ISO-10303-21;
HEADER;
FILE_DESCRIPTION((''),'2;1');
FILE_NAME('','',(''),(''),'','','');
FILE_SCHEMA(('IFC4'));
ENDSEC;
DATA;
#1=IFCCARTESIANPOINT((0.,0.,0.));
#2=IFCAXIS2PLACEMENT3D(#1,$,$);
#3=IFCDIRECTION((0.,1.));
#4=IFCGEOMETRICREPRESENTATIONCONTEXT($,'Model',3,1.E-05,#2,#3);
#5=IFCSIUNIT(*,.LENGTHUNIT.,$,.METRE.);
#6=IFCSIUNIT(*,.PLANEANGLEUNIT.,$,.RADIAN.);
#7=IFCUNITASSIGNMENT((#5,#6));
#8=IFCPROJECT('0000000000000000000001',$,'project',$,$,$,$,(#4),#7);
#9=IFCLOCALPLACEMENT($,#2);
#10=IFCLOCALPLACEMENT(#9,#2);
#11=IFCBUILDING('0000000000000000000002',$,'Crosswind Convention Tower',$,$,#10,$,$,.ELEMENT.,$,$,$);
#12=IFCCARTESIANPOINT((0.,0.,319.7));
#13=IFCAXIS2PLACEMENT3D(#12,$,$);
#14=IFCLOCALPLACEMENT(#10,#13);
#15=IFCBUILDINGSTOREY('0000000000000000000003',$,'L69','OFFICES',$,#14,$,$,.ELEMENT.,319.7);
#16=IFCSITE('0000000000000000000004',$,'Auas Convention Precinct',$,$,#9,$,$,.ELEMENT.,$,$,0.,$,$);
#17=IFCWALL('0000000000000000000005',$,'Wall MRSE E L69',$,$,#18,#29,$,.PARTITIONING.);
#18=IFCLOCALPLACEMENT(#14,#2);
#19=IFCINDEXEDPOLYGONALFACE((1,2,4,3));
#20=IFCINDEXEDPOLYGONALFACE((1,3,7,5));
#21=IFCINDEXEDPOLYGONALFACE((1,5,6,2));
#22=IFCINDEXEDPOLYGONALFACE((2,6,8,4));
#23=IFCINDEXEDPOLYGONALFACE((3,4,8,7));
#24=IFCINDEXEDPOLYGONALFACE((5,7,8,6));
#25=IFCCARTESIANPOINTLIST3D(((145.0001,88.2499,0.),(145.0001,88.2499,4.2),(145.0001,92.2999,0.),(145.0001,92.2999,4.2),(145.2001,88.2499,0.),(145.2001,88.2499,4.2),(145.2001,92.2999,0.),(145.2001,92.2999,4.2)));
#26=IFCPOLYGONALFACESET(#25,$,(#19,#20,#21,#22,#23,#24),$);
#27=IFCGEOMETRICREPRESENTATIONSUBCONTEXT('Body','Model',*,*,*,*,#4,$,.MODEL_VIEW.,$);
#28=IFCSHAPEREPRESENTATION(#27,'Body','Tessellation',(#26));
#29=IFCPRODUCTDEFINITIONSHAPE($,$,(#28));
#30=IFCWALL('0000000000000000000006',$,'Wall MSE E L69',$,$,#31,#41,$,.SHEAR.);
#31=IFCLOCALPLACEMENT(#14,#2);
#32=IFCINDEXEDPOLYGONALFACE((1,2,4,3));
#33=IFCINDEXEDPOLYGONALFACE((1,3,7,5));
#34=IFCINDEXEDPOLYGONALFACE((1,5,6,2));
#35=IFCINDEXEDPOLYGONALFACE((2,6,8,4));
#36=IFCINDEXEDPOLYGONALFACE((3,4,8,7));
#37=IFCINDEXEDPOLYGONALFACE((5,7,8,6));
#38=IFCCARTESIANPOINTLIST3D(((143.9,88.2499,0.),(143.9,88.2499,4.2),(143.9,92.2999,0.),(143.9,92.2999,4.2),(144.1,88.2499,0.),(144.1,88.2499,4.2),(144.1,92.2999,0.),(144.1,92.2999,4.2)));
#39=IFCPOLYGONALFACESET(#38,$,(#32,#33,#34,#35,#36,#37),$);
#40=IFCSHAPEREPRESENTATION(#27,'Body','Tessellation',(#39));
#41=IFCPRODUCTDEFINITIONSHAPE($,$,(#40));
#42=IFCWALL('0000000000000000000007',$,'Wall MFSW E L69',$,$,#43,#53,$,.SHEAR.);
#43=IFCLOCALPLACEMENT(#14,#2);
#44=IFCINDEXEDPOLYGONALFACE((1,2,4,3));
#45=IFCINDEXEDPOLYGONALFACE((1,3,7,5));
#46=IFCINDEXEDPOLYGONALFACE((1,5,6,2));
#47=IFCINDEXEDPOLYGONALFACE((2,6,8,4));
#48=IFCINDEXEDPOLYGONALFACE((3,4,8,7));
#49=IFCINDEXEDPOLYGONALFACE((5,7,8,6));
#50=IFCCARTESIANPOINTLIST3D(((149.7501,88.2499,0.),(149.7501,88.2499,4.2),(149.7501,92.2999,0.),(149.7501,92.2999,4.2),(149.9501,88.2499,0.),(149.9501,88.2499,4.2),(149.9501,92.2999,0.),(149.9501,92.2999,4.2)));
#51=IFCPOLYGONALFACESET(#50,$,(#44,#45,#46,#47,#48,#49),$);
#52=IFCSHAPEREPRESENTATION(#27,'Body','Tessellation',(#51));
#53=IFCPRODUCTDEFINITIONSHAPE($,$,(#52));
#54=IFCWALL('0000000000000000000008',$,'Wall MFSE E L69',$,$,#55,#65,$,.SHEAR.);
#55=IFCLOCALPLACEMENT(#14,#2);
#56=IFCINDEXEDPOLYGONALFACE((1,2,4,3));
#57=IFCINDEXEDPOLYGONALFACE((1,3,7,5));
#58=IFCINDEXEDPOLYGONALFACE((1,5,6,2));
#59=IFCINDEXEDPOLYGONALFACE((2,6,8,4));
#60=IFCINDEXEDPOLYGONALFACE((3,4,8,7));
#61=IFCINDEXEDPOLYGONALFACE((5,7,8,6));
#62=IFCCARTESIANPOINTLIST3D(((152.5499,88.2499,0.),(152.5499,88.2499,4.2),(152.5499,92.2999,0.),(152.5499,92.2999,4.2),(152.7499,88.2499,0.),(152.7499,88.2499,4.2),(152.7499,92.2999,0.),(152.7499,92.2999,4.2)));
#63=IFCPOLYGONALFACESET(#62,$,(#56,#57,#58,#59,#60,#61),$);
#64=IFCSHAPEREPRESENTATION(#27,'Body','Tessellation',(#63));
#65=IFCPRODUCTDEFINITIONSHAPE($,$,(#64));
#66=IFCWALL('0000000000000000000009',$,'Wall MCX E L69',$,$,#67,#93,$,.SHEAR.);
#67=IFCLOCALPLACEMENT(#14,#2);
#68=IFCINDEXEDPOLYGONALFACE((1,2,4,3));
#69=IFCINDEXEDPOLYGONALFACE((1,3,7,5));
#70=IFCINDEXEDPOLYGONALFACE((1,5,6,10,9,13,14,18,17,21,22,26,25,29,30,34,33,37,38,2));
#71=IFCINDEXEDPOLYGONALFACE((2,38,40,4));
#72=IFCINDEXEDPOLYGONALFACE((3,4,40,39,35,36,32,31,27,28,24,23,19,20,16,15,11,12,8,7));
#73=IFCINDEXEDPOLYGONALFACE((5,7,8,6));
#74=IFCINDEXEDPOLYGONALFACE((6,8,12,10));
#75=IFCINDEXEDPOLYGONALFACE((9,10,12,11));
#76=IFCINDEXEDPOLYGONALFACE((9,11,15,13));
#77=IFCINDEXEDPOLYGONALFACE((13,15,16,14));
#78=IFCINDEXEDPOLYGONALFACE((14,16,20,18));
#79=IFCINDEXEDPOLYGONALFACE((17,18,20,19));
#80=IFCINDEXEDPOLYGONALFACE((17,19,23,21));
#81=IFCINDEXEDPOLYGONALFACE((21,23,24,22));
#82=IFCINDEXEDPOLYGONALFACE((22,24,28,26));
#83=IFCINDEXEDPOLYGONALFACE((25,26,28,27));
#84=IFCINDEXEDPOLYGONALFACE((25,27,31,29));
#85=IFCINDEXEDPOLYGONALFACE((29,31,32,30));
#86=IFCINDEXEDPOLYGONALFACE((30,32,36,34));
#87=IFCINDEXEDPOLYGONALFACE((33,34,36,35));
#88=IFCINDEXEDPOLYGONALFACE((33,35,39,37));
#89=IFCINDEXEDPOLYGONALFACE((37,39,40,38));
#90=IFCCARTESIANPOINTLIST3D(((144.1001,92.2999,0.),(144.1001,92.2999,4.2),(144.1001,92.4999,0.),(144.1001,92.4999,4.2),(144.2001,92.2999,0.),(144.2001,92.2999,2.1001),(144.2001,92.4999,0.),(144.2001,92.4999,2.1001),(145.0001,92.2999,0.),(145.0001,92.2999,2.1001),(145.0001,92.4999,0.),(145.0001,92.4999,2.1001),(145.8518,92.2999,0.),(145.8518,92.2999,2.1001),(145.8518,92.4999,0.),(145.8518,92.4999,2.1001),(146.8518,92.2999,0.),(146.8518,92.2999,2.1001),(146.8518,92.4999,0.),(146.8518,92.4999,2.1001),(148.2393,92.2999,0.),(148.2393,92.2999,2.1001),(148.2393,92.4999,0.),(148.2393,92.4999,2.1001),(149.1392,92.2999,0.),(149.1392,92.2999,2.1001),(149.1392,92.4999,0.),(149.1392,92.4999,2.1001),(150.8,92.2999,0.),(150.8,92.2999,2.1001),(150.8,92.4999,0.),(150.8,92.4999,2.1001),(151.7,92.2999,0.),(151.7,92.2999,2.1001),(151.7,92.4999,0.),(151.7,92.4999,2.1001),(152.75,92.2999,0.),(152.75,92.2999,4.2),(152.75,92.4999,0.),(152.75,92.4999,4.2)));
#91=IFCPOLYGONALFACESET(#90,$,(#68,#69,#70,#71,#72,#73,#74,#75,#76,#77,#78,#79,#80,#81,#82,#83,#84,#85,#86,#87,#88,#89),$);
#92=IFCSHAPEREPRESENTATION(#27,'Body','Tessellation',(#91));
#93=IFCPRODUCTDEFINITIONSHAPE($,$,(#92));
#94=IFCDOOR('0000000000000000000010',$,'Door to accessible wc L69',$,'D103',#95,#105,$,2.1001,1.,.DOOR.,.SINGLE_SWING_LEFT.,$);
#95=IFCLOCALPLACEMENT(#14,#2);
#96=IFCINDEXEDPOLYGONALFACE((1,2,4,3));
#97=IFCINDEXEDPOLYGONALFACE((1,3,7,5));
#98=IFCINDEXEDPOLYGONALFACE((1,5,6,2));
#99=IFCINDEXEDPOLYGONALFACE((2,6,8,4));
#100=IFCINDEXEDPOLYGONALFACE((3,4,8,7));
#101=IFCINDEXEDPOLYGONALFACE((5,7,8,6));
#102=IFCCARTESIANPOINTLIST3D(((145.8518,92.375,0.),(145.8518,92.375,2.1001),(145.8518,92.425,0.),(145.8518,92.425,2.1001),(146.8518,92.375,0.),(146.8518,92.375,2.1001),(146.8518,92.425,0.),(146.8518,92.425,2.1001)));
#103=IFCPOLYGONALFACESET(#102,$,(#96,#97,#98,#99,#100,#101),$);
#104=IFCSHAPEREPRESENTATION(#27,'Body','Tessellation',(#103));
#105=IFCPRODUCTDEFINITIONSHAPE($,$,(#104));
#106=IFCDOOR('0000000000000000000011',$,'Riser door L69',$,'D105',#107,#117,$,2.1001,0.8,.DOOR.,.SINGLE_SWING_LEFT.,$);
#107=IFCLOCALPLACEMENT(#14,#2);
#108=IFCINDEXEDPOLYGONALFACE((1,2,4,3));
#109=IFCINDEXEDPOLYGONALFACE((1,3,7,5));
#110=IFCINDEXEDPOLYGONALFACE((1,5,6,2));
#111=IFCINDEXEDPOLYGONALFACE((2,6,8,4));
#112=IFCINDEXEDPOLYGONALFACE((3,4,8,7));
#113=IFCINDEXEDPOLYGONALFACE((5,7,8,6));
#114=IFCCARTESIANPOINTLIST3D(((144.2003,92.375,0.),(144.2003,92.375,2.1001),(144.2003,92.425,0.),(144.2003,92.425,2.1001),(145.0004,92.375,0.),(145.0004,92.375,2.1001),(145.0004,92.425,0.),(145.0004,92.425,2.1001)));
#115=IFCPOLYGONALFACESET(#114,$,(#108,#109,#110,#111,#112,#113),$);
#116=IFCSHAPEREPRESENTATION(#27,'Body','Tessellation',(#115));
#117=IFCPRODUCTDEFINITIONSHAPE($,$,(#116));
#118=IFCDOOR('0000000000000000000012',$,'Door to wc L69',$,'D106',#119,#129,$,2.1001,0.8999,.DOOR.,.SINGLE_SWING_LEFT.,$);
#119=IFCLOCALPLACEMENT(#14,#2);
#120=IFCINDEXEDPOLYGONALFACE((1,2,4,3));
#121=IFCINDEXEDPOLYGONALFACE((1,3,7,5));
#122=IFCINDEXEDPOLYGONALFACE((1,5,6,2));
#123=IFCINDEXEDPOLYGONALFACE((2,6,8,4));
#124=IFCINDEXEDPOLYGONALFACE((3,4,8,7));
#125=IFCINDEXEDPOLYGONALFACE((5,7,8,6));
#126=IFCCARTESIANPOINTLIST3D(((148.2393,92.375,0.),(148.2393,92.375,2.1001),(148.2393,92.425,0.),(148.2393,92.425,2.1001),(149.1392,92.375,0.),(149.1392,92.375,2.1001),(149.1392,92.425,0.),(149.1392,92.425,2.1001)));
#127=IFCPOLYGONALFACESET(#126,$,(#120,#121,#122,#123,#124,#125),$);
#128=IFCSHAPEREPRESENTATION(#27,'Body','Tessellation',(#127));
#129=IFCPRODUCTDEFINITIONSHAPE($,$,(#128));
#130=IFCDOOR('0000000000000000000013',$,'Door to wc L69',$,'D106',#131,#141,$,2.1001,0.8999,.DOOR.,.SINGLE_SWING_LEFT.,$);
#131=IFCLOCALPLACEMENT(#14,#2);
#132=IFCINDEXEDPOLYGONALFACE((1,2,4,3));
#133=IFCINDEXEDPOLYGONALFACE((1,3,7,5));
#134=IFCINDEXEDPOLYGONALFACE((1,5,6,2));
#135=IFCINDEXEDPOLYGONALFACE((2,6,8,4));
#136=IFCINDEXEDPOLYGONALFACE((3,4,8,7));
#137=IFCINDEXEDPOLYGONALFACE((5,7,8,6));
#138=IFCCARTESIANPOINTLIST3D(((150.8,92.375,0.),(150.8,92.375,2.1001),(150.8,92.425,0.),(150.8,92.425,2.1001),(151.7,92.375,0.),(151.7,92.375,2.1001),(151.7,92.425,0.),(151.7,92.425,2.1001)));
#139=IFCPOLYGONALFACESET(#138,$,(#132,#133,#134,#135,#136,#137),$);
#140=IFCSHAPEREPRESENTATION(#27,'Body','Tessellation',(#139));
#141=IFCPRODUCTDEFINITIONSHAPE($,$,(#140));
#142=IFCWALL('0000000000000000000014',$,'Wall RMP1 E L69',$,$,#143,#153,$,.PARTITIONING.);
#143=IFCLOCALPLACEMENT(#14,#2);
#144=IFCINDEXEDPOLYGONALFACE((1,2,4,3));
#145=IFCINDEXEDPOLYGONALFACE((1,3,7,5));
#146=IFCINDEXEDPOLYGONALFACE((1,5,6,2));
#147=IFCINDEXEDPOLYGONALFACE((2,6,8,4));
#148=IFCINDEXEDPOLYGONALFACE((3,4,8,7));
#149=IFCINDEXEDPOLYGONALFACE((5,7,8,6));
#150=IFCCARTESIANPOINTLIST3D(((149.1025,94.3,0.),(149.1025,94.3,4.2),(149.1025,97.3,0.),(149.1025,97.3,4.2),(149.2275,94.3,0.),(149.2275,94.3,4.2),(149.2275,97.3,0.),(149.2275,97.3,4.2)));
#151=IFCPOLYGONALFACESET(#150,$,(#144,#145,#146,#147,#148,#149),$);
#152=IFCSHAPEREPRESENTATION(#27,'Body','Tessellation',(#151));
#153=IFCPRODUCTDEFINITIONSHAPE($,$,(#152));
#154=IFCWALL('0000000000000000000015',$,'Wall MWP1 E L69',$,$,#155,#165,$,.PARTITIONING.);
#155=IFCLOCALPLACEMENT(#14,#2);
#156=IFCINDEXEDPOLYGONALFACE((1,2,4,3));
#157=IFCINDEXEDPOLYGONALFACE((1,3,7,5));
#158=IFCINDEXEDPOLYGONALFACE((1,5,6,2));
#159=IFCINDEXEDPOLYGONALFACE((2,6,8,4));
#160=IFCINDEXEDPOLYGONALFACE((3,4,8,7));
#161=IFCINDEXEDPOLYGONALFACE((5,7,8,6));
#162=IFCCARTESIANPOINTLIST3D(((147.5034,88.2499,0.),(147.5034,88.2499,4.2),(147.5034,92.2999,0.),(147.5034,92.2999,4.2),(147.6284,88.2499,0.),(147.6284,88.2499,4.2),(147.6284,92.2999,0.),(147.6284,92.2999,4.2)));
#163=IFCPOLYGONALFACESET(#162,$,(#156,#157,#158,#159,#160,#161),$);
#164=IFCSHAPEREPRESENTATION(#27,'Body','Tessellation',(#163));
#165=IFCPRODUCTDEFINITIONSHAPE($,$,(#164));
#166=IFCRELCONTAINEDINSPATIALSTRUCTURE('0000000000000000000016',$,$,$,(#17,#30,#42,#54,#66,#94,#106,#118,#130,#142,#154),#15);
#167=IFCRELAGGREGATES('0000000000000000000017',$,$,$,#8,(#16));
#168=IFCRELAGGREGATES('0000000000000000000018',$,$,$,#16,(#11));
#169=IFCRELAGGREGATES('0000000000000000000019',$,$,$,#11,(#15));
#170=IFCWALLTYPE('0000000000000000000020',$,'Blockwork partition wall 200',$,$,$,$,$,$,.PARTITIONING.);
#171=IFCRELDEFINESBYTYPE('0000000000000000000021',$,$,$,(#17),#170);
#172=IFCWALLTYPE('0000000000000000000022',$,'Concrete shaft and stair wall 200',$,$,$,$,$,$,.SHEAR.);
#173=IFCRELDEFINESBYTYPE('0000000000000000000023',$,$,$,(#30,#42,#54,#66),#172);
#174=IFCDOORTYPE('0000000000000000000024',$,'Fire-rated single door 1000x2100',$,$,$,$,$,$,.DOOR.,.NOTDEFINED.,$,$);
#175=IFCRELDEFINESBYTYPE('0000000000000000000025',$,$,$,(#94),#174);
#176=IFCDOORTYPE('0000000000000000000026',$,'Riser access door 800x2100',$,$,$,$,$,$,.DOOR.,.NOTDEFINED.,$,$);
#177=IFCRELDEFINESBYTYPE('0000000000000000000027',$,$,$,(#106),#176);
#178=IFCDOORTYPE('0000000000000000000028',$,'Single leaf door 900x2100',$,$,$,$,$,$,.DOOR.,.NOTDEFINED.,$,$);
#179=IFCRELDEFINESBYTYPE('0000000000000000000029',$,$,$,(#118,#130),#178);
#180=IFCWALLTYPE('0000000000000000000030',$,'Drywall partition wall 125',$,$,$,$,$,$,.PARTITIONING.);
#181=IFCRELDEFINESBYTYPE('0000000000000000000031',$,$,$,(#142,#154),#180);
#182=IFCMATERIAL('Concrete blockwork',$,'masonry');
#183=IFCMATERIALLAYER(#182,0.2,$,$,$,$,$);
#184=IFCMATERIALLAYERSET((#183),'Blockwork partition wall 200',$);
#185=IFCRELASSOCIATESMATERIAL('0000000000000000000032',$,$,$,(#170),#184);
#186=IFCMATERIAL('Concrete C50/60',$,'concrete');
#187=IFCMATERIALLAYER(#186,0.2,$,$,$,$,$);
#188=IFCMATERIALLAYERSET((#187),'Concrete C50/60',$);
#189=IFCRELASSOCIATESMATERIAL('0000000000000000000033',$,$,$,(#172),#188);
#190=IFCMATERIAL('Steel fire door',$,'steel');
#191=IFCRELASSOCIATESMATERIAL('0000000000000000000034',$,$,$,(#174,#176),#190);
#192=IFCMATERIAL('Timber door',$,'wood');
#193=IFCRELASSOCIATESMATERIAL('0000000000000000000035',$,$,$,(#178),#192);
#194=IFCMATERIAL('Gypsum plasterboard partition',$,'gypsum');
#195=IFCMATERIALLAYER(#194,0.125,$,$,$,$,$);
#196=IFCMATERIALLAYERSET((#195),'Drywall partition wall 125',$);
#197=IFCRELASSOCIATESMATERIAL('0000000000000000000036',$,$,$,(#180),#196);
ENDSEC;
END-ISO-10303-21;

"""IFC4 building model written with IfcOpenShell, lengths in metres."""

from ifc_helpers import new_model, si_unit, direction, frame, frame_2d, origin, place, context, subcontext, project, spatial, rectangle, extrude, material, layer, layer_set, type_object, element, fill, save


model = new_model("IFC4")

# Units and contexts
model_context = context("Model", 3, precision=1e-05, world=origin(), true_north=direction((0.0, 1.0)))
body_context = subcontext(model_context, "Body", "Model", "MODEL_VIEW")
ifc_project = project(units=[si_unit("LENGTHUNIT", "METRE"), si_unit("PLANEANGLEUNIT", "RADIAN")], contexts=[model_context])

# Site, building, storey
site_placement = place(None, origin())
site = spatial("IfcSite", under=ifc_project, at=site_placement, Name="Auas Convention Precinct", CompositionType="ELEMENT", RefElevation=0.0)
building_placement = place(site_placement, origin())
building = spatial("IfcBuilding", under=site, at=building_placement, Name="Crosswind Convention Tower", CompositionType="ELEMENT")
storey_placement = place(building_placement, frame((0.0, 0.0, 319.7)))
storey = spatial("IfcBuildingStorey", under=building, at=storey_placement, Name="L69", Description="OFFICES", CompositionType="ELEMENT", Elevation=319.7)

# Walls
ifc_material_1 = material(Name="Concrete blockwork", Category="masonry")
ifc_layer_1 = layer(ifc_material_1, 0.2)
ifc_layer_set_1 = layer_set([ifc_layer_1], Name="Blockwork partition wall 200")
wall_type_1 = type_object("IfcWallType", Name="Blockwork partition wall 200", PredefinedType="PARTITIONING", material=ifc_layer_set_1)
wall_1_placement = place(storey_placement, frame((145.1001, 88.25, 0.0), z_axis=(0.0, 0.0, 1.0), x_axis=(0.0, 1.0, 0.0)))
element("IfcWall", 1, at=wall_1_placement, inside=storey, type_object=wall_type_1, Name="Wall MRSE E L69", PredefinedType="PARTITIONING", context=body_context, shape_type="SweptSolid", body=[
    extrude(rectangle(XDim=4.05, YDim=0.2, at=frame_2d((2.0249, 0.0))), origin(), (0.0, 0.0, 1.0), 4.2),
])
ifc_material_2 = material(Name="Concrete C50/60", Category="concrete")
ifc_layer_2 = layer(ifc_material_2, 0.2)
ifc_layer_set_2 = layer_set([ifc_layer_2], Name="Concrete C50/60")
wall_type_2 = type_object("IfcWallType", Name="Concrete shaft and stair wall 200", PredefinedType="SHEAR", material=ifc_layer_set_2)
for number, where, z_axis, x_axis, name in (
    (2, (144.0, 88.25, 0.0), (0.0, 0.0, 1.0), (0.0, 1.0, 0.0), "Wall MSE E L69"),
    (3, (149.8501, 88.25, 0.0), (0.0, 0.0, 1.0), (0.0, 1.0, 0.0), "Wall MFSW E L69"),
    (4, (152.6499, 88.25, 0.0), (0.0, 0.0, 1.0), (0.0, 1.0, 0.0), "Wall MFSE E L69"),
):
    element("IfcWall", number, at=place(storey_placement, frame(where, z_axis=z_axis, x_axis=x_axis)), inside=storey, type_object=wall_type_2, Name=name, PredefinedType="SHEAR", context=body_context, shape_type="SweptSolid", body=[
        extrude(rectangle(XDim=4.05, YDim=0.2, at=frame_2d((2.0249, 0.0))), origin(), (0.0, 0.0, 1.0), 4.2),
    ])

# Wall, openings, doors
wall_2_placement = place(storey_placement, frame((144.1001, 92.3999, 0.0), z_axis=(0.0, 0.0, 1.0), x_axis=(1.0, 0.0, 0.0)))
wall_2 = element("IfcWall", 5, at=wall_2_placement, inside=storey, type_object=wall_type_2, Name="Wall MCX E L69", PredefinedType="SHEAR", context=body_context, shape_type="SweptSolid", body=[
    extrude(rectangle(XDim=8.6499, YDim=0.2, at=frame_2d((4.325, 0.0))), origin(), (0.0, 0.0, 1.0), 4.2),
])
opening_1_placement = place(wall_2_placement, frame((0.1001, 0.0, 0.0)))
opening_1 = element("IfcOpeningElement", 6, at=opening_1_placement, cuts=wall_2, PredefinedType="OPENING", context=body_context, shape_type="SweptSolid", body=[
    extrude(rectangle(XDim=0.8, YDim=2.1001, at=frame_2d((0.3999, 1.05))), frame((0.0, 0.1099, 0.0), z_axis=(0.0, -1.0, 0.0), x_axis=(1.0, 0.0, 0.0)), (0.0, 0.0, 1.0), 0.22),
])
opening_2_placement = place(wall_2_placement, frame((1.7517, 0.0, 0.0)))
opening_2 = element("IfcOpeningElement", 7, at=opening_2_placement, cuts=wall_2, PredefinedType="OPENING", context=body_context, shape_type="SweptSolid", body=[
    extrude(rectangle(XDim=1.0, YDim=2.1001, at=frame_2d((0.5, 1.05))), frame((0.0, 0.1099, 0.0), z_axis=(0.0, -1.0, 0.0), x_axis=(1.0, 0.0, 0.0)), (0.0, 0.0, 1.0), 0.22),
])
opening_3_placement = place(wall_2_placement, frame((4.1392, 0.0, 0.0)))
opening_3 = element("IfcOpeningElement", 8, at=opening_3_placement, cuts=wall_2, PredefinedType="OPENING", context=body_context, shape_type="SweptSolid", body=[
    extrude(rectangle(XDim=0.8999, YDim=2.1001, at=frame_2d((0.45, 1.05))), frame((0.0, 0.1099, 0.0), z_axis=(0.0, -1.0, 0.0), x_axis=(1.0, 0.0, 0.0)), (0.0, 0.0, 1.0), 0.22),
])
opening_4_placement = place(wall_2_placement, frame((6.7, 0.0, 0.0)))
opening_4 = element("IfcOpeningElement", 9, at=opening_4_placement, cuts=wall_2, PredefinedType="OPENING", context=body_context, shape_type="SweptSolid", body=[
    extrude(rectangle(XDim=0.8999, YDim=2.1001, at=frame_2d((0.45, 1.05))), frame((0.0, 0.1099, 0.0), z_axis=(0.0, -1.0, 0.0), x_axis=(1.0, 0.0, 0.0)), (0.0, 0.0, 1.0), 0.22),
])
ifc_material_3 = material(Name="Steel fire door", Category="steel")
door_type_1 = type_object("IfcDoorType", Name="Fire-rated single door 1000x2100", OperationType="NOTDEFINED", PredefinedType="DOOR", material=ifc_material_3)
door_1_placement = place(opening_2_placement, frame((1.0, 0.0, 0.0), z_axis=(0.0, 0.0, 1.0), x_axis=(-1.0, 0.0, 0.0)))
door_1 = element("IfcDoor", 10, at=door_1_placement, inside=storey, type_object=door_type_1, Name="Door to accessible wc L69", ObjectType="D103", OperationType="SINGLE_SWING_LEFT", OverallHeight=2.1001, OverallWidth=1.0, PredefinedType="DOOR", context=body_context, shape_type="SweptSolid", body=[
    extrude(rectangle(XDim=1.0, YDim=2.1001, at=frame_2d((0.5, 1.05))), frame((0.0, 0.0249, 0.0), z_axis=(0.0, -1.0, 0.0), x_axis=(1.0, 0.0, 0.0)), (0.0, 0.0, 1.0), 0.05),
])
fill(opening_2, door_1)
door_type_2 = type_object("IfcDoorType", Name="Riser access door 800x2100", OperationType="NOTDEFINED", PredefinedType="DOOR", material=ifc_material_3)
door_2_placement = place(opening_1_placement, frame((0.8, 0.0, 0.0), z_axis=(0.0, 0.0, 1.0), x_axis=(-1.0, 0.0, 0.0)))
door_2 = element("IfcDoor", 11, at=door_2_placement, inside=storey, type_object=door_type_2, Name="Riser door L69", ObjectType="D105", OperationType="SINGLE_SWING_LEFT", OverallHeight=2.1001, OverallWidth=0.8, PredefinedType="DOOR", context=body_context, shape_type="SweptSolid", body=[
    extrude(rectangle(XDim=0.8, YDim=2.1001, at=frame_2d((0.3999, 1.05))), frame((0.0, 0.0249, 0.0), z_axis=(0.0, -1.0, 0.0), x_axis=(1.0, 0.0, 0.0)), (0.0, 0.0, 1.0), 0.05),
])
fill(opening_1, door_2)
ifc_material_4 = material(Name="Timber door", Category="wood")
door_type_3 = type_object("IfcDoorType", Name="Single leaf door 900x2100", OperationType="NOTDEFINED", PredefinedType="DOOR", material=ifc_material_4)
door_3_placement = place(opening_3_placement, frame((0.8999, 0.0, 0.0), z_axis=(0.0, 0.0, 1.0), x_axis=(-1.0, 0.0, 0.0)))
door_3 = element("IfcDoor", 12, at=door_3_placement, inside=storey, type_object=door_type_3, Name="Door to wc L69", ObjectType="D106", OperationType="SINGLE_SWING_LEFT", OverallHeight=2.1001, OverallWidth=0.8999, PredefinedType="DOOR", context=body_context, shape_type="SweptSolid", body=[
    extrude(rectangle(XDim=0.8999, YDim=2.1001, at=frame_2d((0.45, 1.05))), frame((0.0, 0.0249, 0.0), z_axis=(0.0, -1.0, 0.0), x_axis=(1.0, 0.0, 0.0)), (0.0, 0.0, 1.0), 0.05),
])
fill(opening_3, door_3)
door_4_placement = place(opening_4_placement, frame((0.8999, 0.0, 0.0), z_axis=(0.0, 0.0, 1.0), x_axis=(-1.0, 0.0, 0.0)))
door_4 = element("IfcDoor", 13, at=door_4_placement, inside=storey, type_object=door_type_3, Name="Door to wc L69", ObjectType="D106", OperationType="SINGLE_SWING_LEFT", OverallHeight=2.1001, OverallWidth=0.8999, PredefinedType="DOOR", context=body_context, shape_type="SweptSolid", body=[
    extrude(rectangle(XDim=0.8999, YDim=2.1001, at=frame_2d((0.45, 1.05))), frame((0.0, 0.0249, 0.0), z_axis=(0.0, -1.0, 0.0), x_axis=(1.0, 0.0, 0.0)), (0.0, 0.0, 1.0), 0.05),
])
fill(opening_4, door_4)

# Walls
ifc_material_5 = material(Name="Gypsum plasterboard partition", Category="gypsum")
ifc_layer_3 = layer(ifc_material_5, 0.125)
ifc_layer_set_3 = layer_set([ifc_layer_3], Name="Drywall partition wall 125")
wall_type_3 = type_object("IfcWallType", Name="Drywall partition wall 125", PredefinedType="PARTITIONING", material=ifc_layer_set_3)
wall_3_placement = place(storey_placement, frame((149.165, 94.3, 0.0), z_axis=(0.0, 0.0, 1.0), x_axis=(0.0, 1.0, 0.0)))
element("IfcWall", 14, at=wall_3_placement, inside=storey, type_object=wall_type_3, Name="Wall RMP1 E L69", PredefinedType="PARTITIONING", context=body_context, shape_type="SweptSolid", body=[
    extrude(rectangle(XDim=3.0, YDim=0.125, at=frame_2d((1.5, 0.0))), origin(), (0.0, 0.0, 1.0), 4.2),
])
wall_4_placement = place(storey_placement, frame((147.5659, 88.25, 0.0), z_axis=(0.0, 0.0, 1.0), x_axis=(0.0, 1.0, 0.0)))
element("IfcWall", 15, at=wall_4_placement, inside=storey, type_object=wall_type_3, Name="Wall MWP1 E L69", PredefinedType="PARTITIONING", context=body_context, shape_type="SweptSolid", body=[
    extrude(rectangle(XDim=4.05, YDim=0.125, at=frame_2d((2.0249, 0.0))), origin(), (0.0, 0.0, 1.0), 4.2),
])

save(model, "model.ifc")
